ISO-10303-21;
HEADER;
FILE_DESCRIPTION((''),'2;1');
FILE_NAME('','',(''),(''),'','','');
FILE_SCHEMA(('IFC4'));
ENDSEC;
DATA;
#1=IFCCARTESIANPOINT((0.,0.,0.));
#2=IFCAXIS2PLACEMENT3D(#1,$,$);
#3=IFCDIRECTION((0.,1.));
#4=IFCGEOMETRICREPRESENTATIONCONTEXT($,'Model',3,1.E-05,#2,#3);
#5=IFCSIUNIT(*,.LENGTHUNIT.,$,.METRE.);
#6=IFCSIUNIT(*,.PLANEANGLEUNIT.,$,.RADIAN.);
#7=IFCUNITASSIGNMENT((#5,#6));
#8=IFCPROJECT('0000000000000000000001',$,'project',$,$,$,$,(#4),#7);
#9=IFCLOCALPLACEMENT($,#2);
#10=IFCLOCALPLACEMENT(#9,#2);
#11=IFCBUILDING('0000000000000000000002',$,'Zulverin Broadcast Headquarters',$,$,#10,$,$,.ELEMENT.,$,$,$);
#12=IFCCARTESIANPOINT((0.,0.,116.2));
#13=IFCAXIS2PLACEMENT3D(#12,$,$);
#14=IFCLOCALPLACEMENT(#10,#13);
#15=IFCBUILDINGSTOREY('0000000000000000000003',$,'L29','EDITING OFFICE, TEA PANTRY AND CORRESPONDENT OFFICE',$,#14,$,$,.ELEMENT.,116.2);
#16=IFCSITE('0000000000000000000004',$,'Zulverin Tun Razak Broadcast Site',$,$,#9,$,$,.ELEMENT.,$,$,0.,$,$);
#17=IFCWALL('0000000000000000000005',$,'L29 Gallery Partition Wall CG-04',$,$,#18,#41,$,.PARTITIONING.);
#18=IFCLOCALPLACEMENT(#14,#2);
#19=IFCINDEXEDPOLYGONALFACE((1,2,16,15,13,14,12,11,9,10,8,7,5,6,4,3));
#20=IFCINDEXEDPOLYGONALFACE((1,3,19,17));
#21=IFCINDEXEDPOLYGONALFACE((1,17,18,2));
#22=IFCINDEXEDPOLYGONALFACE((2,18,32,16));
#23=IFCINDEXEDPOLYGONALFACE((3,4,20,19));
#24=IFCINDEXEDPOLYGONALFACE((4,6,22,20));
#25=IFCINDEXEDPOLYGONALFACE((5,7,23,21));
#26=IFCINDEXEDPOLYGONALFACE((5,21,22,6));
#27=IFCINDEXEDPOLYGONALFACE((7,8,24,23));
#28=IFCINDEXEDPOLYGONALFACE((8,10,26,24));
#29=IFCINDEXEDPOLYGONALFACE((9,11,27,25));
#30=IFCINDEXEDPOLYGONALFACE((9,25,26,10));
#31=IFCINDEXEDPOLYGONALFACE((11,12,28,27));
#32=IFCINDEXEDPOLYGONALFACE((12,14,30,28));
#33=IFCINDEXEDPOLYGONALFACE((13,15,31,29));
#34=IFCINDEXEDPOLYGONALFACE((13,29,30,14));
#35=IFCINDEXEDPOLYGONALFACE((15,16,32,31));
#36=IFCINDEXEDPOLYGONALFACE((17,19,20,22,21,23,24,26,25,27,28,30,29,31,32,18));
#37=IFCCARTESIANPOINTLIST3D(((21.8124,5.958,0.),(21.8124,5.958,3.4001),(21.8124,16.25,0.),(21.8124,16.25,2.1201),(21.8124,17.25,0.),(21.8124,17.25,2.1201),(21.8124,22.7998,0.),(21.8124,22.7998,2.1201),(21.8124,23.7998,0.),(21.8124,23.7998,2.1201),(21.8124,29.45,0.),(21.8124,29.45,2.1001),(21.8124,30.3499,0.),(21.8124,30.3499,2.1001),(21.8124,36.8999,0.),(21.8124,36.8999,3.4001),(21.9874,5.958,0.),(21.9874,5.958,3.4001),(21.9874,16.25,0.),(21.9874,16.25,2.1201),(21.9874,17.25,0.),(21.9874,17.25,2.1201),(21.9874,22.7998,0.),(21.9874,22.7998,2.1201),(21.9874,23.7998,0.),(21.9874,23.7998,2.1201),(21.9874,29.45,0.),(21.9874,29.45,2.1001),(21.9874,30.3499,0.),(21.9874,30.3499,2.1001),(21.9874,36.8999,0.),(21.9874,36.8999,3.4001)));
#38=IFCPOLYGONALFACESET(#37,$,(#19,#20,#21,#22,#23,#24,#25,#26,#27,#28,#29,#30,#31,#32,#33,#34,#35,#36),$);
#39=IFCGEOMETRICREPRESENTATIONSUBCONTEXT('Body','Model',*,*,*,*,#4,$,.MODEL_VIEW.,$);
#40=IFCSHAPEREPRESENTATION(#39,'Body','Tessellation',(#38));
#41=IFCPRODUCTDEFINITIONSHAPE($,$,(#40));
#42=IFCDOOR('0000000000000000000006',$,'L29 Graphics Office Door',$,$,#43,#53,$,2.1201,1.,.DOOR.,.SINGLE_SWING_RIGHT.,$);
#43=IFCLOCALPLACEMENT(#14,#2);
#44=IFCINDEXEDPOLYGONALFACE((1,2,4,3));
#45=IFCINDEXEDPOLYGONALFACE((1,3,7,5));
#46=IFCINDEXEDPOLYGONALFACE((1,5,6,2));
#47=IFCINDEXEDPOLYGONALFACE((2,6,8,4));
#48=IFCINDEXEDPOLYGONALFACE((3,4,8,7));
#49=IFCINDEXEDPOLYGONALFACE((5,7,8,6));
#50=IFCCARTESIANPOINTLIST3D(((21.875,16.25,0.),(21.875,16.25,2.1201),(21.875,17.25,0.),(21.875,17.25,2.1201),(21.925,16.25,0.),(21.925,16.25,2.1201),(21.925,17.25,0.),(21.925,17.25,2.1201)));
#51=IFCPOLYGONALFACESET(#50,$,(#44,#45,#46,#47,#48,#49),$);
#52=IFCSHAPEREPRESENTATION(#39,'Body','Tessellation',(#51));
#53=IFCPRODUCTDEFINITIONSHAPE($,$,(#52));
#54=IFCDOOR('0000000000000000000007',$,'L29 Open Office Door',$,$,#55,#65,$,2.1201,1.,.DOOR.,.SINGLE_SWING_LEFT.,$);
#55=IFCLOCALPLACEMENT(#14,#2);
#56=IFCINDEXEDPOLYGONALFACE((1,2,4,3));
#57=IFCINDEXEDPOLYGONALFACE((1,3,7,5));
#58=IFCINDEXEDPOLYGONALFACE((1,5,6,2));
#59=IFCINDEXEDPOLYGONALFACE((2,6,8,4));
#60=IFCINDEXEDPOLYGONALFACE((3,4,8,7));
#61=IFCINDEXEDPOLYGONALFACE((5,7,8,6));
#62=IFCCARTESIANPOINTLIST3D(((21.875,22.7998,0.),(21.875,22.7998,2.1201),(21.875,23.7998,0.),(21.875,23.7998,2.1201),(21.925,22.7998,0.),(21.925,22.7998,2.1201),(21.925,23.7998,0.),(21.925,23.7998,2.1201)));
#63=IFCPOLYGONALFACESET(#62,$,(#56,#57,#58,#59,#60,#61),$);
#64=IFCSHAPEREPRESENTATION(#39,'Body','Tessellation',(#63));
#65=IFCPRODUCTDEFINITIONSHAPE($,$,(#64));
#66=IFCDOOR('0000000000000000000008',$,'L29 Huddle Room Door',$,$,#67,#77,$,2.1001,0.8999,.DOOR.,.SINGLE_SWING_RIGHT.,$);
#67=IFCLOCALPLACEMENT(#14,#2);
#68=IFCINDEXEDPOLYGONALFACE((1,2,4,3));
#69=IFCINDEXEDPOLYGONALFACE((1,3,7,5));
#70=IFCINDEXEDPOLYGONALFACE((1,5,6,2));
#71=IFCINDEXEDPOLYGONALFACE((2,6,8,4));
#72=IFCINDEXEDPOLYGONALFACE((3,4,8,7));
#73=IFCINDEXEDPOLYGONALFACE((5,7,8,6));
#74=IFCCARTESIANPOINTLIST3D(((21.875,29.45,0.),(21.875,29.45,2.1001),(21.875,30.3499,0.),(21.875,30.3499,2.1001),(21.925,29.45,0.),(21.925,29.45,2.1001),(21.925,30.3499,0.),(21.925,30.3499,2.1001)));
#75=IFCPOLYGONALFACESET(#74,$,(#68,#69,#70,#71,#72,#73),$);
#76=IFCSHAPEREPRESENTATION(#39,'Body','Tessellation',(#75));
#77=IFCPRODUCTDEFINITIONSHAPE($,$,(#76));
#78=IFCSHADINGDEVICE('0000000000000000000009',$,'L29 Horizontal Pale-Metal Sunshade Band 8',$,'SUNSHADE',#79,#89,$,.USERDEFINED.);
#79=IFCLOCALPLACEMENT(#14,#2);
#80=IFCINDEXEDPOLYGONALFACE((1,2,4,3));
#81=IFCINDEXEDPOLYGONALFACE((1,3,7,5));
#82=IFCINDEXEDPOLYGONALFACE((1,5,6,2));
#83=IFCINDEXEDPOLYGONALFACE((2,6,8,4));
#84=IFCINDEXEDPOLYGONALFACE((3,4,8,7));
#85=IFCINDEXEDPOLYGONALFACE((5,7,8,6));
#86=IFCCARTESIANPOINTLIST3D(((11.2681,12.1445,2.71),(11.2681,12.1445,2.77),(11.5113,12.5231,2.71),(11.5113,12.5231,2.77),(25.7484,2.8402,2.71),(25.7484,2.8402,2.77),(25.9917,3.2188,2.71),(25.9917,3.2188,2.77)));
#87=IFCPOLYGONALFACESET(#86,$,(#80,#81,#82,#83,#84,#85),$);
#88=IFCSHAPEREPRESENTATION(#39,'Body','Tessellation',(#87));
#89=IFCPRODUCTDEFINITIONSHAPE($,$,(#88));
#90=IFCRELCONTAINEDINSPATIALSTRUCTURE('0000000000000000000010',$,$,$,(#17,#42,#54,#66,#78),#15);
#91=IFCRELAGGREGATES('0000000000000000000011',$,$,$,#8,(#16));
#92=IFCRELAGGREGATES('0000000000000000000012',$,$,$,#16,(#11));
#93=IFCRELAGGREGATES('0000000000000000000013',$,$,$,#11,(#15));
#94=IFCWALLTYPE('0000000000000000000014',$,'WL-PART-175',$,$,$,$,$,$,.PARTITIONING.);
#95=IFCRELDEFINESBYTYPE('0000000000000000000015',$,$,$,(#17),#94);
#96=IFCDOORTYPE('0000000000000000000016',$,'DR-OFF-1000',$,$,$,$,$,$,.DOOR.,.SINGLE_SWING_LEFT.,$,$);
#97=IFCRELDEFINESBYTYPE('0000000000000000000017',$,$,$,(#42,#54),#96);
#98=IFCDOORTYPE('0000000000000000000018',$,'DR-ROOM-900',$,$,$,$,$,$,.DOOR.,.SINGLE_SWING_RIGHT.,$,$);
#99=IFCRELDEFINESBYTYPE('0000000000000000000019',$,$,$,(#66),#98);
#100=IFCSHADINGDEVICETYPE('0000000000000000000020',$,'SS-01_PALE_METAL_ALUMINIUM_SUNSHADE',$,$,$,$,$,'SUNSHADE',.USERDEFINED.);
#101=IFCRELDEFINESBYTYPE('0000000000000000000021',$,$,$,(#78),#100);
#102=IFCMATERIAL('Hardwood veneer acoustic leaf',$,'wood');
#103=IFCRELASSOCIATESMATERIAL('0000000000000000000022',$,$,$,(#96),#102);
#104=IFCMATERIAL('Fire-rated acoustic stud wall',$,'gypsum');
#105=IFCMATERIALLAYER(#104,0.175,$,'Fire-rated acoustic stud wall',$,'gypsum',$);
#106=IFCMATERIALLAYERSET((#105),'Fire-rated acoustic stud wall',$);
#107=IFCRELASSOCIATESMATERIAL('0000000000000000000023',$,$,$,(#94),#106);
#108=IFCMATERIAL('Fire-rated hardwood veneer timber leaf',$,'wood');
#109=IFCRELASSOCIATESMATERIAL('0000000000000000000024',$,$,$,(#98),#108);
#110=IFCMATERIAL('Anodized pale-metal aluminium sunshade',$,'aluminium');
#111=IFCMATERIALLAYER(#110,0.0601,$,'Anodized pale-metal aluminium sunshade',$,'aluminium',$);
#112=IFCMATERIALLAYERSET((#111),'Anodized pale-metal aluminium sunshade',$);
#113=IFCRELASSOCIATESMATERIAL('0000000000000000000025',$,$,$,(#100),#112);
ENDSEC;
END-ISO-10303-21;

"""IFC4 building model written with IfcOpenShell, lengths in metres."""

from ifc_helpers import new_model, si_unit, direction, frame, frame_2d, origin, origin_2d, place, context, subcontext, project, spatial, rectangle, extrude, material, layer, layer_set, type_object, element, fill, save


model = new_model("IFC4")

# Units and contexts
model_context = context("Model", 3, precision=1e-05, world=origin(), true_north=direction((0.0, 1.0)))
body_context = subcontext(model_context, "Body", "Model", "MODEL_VIEW")
ifc_project = project(units=[si_unit("LENGTHUNIT", "METRE"), si_unit("PLANEANGLEUNIT", "RADIAN")], contexts=[model_context])

# Site, building, storey
site_placement = place(None, origin())
site = spatial("IfcSite", under=ifc_project, at=site_placement, Name="Zulverin Tun Razak Broadcast Site", CompositionType="ELEMENT", RefElevation=0.0)
building_placement = place(site_placement, origin())
building = spatial("IfcBuilding", under=site, at=building_placement, Name="Zulverin Broadcast Headquarters", CompositionType="ELEMENT")
storey_placement = place(building_placement, frame((0.0, 0.0, 116.2)))
storey = spatial("IfcBuildingStorey", under=building, at=storey_placement, Name="L29", Description="EDITING OFFICE, TEA PANTRY AND CORRESPONDENT OFFICE", CompositionType="ELEMENT", Elevation=116.2)

# Shared definitions
ifc_material_1 = material(Name="Hardwood veneer acoustic leaf", Category="wood")
door_type_1 = type_object("IfcDoorType", Name="DR-OFF-1000", OperationType="SINGLE_SWING_LEFT", PredefinedType="DOOR", material=ifc_material_1)

# Wall, openings, doors
ifc_material_2 = material(Name="Fire-rated acoustic stud wall", Category="gypsum")
ifc_layer_1 = layer(ifc_material_2, 0.175, Name="Fire-rated acoustic stud wall", Category="gypsum")
ifc_layer_set_1 = layer_set([ifc_layer_1], Name="Fire-rated acoustic stud wall")
wall_type_1 = type_object("IfcWallType", Name="WL-PART-175", PredefinedType="PARTITIONING", material=ifc_layer_set_1)
wall_1_placement = place(storey_placement, frame((21.8999, 5.958, 0.0), z_axis=(0.0, 0.0, 1.0), x_axis=(0.0, 1.0, 0.0)))
wall_1 = element("IfcWall", 1, at=wall_1_placement, inside=storey, type_object=wall_type_1, Name="L29 Gallery Partition Wall CG-04", PredefinedType="PARTITIONING", context=body_context, shape_type="SweptSolid", body=[
    extrude(rectangle(XDim=30.9419, YDim=0.175, at=frame_2d((15.4709, 0.0))), origin(), (0.0, 0.0, 1.0), 3.4001),
])
opening_1_placement = place(wall_1_placement, frame((10.292, 0.0, 0.0)))
opening_1 = element("IfcOpeningElement", 2, at=opening_1_placement, cuts=wall_1, PredefinedType="OPENING", context=body_context, shape_type="SweptSolid", body=[
    extrude(rectangle(XDim=1.0, YDim=2.1201, at=frame_2d((0.5, 1.0601))), frame((0.0, 0.0974, 0.0), z_axis=(0.0, -1.0, 0.0), x_axis=(1.0, 0.0, 0.0)), (0.0, 0.0, 1.0), 0.1951),
])
opening_2_placement = place(wall_1_placement, frame((16.8418, 0.0, 0.0)))
opening_2 = element("IfcOpeningElement", 3, at=opening_2_placement, cuts=wall_1, PredefinedType="OPENING", context=body_context, shape_type="SweptSolid", body=[
    extrude(rectangle(XDim=1.0, YDim=2.1201, at=frame_2d((0.5, 1.0601))), frame((0.0, 0.0974, 0.0), z_axis=(0.0, -1.0, 0.0), x_axis=(1.0, 0.0, 0.0)), (0.0, 0.0, 1.0), 0.1951),
])
opening_3_placement = place(wall_1_placement, frame((23.4919, 0.0, 0.0)))
opening_3 = element("IfcOpeningElement", 4, at=opening_3_placement, cuts=wall_1, PredefinedType="OPENING", context=body_context, shape_type="SweptSolid", body=[
    extrude(rectangle(XDim=0.8999, YDim=2.1001, at=frame_2d((0.45, 1.05))), frame((0.0, 0.0974, 0.0), z_axis=(0.0, -1.0, 0.0), x_axis=(1.0, 0.0, 0.0)), (0.0, 0.0, 1.0), 0.1951),
])
door_1_placement = place(opening_1_placement, origin())
door_1 = element("IfcDoor", 5, at=door_1_placement, inside=storey, type_object=door_type_1, Name="L29 Graphics Office Door", OperationType="SINGLE_SWING_RIGHT", OverallHeight=2.1201, OverallWidth=1.0, PredefinedType="DOOR", context=body_context, shape_type="SweptSolid", body=[
    extrude(rectangle(XDim=1.0, YDim=2.1201, at=frame_2d((0.5, 1.0601))), frame((0.0, 0.0249, 0.0), z_axis=(0.0, -1.0, 0.0), x_axis=(1.0, 0.0, 0.0)), (0.0, 0.0, 1.0), 0.05),
])
fill(opening_1, door_1)
door_2_placement = place(opening_2_placement, origin())
door_2 = element("IfcDoor", 6, at=door_2_placement, inside=storey, type_object=door_type_1, Name="L29 Open Office Door", OperationType="SINGLE_SWING_LEFT", OverallHeight=2.1201, OverallWidth=1.0, PredefinedType="DOOR", context=body_context, shape_type="SweptSolid", body=[
    extrude(rectangle(XDim=1.0, YDim=2.1201, at=frame_2d((0.5, 1.0601))), frame((0.0, 0.0249, 0.0), z_axis=(0.0, -1.0, 0.0), x_axis=(1.0, 0.0, 0.0)), (0.0, 0.0, 1.0), 0.05),
])
fill(opening_2, door_2)
ifc_material_3 = material(Name="Fire-rated hardwood veneer timber leaf", Category="wood")
door_type_2 = type_object("IfcDoorType", Name="DR-ROOM-900", OperationType="SINGLE_SWING_RIGHT", PredefinedType="DOOR", material=ifc_material_3)
door_3_placement = place(opening_3_placement, origin())
door_3 = element("IfcDoor", 7, at=door_3_placement, inside=storey, type_object=door_type_2, Name="L29 Huddle Room Door", OperationType="SINGLE_SWING_RIGHT", OverallHeight=2.1001, OverallWidth=0.8999, PredefinedType="DOOR", context=body_context, shape_type="SweptSolid", body=[
    extrude(rectangle(XDim=0.8999, YDim=2.1001, at=frame_2d((0.45, 1.05))), frame((0.0, 0.0249, 0.0), z_axis=(0.0, -1.0, 0.0), x_axis=(1.0, 0.0, 0.0)), (0.0, 0.0, 1.0), 0.05),
])
fill(opening_3, door_3)

# Shading device
ifc_material_4 = material(Name="Anodized pale-metal aluminium sunshade", Category="aluminium")
ifc_layer_2 = layer(ifc_material_4, 0.0601, Name="Anodized pale-metal aluminium sunshade", Category="aluminium")
ifc_layer_set_2 = layer_set([ifc_layer_2], Name="Anodized pale-metal aluminium sunshade")
shading_device_type = type_object("IfcShadingDeviceType", Name="SS-01_PALE_METAL_ALUMINIUM_SUNSHADE", ElementType="SUNSHADE", PredefinedType="USERDEFINED", material=ifc_layer_set_2)
shading_device_placement = place(storey_placement, frame((18.6299, 7.6816, 2.71), z_axis=(0.0, 0.0, 1.0), x_axis=(0.841297, -0.540574, 0.0)))
element("IfcShadingDevice", 8, at=shading_device_placement, inside=storey, type_object=shading_device_type, Name="L29 Horizontal Pale-Metal Sunshade Band 8", ObjectType="SUNSHADE", PredefinedType="USERDEFINED", context=body_context, shape_type="SweptSolid", body=[
    extrude(rectangle(XDim=17.2119, YDim=0.45, at=origin_2d()), origin(), (0.0, 0.0, 1.0), 0.0601),
])

save(model, "model.ifc")
